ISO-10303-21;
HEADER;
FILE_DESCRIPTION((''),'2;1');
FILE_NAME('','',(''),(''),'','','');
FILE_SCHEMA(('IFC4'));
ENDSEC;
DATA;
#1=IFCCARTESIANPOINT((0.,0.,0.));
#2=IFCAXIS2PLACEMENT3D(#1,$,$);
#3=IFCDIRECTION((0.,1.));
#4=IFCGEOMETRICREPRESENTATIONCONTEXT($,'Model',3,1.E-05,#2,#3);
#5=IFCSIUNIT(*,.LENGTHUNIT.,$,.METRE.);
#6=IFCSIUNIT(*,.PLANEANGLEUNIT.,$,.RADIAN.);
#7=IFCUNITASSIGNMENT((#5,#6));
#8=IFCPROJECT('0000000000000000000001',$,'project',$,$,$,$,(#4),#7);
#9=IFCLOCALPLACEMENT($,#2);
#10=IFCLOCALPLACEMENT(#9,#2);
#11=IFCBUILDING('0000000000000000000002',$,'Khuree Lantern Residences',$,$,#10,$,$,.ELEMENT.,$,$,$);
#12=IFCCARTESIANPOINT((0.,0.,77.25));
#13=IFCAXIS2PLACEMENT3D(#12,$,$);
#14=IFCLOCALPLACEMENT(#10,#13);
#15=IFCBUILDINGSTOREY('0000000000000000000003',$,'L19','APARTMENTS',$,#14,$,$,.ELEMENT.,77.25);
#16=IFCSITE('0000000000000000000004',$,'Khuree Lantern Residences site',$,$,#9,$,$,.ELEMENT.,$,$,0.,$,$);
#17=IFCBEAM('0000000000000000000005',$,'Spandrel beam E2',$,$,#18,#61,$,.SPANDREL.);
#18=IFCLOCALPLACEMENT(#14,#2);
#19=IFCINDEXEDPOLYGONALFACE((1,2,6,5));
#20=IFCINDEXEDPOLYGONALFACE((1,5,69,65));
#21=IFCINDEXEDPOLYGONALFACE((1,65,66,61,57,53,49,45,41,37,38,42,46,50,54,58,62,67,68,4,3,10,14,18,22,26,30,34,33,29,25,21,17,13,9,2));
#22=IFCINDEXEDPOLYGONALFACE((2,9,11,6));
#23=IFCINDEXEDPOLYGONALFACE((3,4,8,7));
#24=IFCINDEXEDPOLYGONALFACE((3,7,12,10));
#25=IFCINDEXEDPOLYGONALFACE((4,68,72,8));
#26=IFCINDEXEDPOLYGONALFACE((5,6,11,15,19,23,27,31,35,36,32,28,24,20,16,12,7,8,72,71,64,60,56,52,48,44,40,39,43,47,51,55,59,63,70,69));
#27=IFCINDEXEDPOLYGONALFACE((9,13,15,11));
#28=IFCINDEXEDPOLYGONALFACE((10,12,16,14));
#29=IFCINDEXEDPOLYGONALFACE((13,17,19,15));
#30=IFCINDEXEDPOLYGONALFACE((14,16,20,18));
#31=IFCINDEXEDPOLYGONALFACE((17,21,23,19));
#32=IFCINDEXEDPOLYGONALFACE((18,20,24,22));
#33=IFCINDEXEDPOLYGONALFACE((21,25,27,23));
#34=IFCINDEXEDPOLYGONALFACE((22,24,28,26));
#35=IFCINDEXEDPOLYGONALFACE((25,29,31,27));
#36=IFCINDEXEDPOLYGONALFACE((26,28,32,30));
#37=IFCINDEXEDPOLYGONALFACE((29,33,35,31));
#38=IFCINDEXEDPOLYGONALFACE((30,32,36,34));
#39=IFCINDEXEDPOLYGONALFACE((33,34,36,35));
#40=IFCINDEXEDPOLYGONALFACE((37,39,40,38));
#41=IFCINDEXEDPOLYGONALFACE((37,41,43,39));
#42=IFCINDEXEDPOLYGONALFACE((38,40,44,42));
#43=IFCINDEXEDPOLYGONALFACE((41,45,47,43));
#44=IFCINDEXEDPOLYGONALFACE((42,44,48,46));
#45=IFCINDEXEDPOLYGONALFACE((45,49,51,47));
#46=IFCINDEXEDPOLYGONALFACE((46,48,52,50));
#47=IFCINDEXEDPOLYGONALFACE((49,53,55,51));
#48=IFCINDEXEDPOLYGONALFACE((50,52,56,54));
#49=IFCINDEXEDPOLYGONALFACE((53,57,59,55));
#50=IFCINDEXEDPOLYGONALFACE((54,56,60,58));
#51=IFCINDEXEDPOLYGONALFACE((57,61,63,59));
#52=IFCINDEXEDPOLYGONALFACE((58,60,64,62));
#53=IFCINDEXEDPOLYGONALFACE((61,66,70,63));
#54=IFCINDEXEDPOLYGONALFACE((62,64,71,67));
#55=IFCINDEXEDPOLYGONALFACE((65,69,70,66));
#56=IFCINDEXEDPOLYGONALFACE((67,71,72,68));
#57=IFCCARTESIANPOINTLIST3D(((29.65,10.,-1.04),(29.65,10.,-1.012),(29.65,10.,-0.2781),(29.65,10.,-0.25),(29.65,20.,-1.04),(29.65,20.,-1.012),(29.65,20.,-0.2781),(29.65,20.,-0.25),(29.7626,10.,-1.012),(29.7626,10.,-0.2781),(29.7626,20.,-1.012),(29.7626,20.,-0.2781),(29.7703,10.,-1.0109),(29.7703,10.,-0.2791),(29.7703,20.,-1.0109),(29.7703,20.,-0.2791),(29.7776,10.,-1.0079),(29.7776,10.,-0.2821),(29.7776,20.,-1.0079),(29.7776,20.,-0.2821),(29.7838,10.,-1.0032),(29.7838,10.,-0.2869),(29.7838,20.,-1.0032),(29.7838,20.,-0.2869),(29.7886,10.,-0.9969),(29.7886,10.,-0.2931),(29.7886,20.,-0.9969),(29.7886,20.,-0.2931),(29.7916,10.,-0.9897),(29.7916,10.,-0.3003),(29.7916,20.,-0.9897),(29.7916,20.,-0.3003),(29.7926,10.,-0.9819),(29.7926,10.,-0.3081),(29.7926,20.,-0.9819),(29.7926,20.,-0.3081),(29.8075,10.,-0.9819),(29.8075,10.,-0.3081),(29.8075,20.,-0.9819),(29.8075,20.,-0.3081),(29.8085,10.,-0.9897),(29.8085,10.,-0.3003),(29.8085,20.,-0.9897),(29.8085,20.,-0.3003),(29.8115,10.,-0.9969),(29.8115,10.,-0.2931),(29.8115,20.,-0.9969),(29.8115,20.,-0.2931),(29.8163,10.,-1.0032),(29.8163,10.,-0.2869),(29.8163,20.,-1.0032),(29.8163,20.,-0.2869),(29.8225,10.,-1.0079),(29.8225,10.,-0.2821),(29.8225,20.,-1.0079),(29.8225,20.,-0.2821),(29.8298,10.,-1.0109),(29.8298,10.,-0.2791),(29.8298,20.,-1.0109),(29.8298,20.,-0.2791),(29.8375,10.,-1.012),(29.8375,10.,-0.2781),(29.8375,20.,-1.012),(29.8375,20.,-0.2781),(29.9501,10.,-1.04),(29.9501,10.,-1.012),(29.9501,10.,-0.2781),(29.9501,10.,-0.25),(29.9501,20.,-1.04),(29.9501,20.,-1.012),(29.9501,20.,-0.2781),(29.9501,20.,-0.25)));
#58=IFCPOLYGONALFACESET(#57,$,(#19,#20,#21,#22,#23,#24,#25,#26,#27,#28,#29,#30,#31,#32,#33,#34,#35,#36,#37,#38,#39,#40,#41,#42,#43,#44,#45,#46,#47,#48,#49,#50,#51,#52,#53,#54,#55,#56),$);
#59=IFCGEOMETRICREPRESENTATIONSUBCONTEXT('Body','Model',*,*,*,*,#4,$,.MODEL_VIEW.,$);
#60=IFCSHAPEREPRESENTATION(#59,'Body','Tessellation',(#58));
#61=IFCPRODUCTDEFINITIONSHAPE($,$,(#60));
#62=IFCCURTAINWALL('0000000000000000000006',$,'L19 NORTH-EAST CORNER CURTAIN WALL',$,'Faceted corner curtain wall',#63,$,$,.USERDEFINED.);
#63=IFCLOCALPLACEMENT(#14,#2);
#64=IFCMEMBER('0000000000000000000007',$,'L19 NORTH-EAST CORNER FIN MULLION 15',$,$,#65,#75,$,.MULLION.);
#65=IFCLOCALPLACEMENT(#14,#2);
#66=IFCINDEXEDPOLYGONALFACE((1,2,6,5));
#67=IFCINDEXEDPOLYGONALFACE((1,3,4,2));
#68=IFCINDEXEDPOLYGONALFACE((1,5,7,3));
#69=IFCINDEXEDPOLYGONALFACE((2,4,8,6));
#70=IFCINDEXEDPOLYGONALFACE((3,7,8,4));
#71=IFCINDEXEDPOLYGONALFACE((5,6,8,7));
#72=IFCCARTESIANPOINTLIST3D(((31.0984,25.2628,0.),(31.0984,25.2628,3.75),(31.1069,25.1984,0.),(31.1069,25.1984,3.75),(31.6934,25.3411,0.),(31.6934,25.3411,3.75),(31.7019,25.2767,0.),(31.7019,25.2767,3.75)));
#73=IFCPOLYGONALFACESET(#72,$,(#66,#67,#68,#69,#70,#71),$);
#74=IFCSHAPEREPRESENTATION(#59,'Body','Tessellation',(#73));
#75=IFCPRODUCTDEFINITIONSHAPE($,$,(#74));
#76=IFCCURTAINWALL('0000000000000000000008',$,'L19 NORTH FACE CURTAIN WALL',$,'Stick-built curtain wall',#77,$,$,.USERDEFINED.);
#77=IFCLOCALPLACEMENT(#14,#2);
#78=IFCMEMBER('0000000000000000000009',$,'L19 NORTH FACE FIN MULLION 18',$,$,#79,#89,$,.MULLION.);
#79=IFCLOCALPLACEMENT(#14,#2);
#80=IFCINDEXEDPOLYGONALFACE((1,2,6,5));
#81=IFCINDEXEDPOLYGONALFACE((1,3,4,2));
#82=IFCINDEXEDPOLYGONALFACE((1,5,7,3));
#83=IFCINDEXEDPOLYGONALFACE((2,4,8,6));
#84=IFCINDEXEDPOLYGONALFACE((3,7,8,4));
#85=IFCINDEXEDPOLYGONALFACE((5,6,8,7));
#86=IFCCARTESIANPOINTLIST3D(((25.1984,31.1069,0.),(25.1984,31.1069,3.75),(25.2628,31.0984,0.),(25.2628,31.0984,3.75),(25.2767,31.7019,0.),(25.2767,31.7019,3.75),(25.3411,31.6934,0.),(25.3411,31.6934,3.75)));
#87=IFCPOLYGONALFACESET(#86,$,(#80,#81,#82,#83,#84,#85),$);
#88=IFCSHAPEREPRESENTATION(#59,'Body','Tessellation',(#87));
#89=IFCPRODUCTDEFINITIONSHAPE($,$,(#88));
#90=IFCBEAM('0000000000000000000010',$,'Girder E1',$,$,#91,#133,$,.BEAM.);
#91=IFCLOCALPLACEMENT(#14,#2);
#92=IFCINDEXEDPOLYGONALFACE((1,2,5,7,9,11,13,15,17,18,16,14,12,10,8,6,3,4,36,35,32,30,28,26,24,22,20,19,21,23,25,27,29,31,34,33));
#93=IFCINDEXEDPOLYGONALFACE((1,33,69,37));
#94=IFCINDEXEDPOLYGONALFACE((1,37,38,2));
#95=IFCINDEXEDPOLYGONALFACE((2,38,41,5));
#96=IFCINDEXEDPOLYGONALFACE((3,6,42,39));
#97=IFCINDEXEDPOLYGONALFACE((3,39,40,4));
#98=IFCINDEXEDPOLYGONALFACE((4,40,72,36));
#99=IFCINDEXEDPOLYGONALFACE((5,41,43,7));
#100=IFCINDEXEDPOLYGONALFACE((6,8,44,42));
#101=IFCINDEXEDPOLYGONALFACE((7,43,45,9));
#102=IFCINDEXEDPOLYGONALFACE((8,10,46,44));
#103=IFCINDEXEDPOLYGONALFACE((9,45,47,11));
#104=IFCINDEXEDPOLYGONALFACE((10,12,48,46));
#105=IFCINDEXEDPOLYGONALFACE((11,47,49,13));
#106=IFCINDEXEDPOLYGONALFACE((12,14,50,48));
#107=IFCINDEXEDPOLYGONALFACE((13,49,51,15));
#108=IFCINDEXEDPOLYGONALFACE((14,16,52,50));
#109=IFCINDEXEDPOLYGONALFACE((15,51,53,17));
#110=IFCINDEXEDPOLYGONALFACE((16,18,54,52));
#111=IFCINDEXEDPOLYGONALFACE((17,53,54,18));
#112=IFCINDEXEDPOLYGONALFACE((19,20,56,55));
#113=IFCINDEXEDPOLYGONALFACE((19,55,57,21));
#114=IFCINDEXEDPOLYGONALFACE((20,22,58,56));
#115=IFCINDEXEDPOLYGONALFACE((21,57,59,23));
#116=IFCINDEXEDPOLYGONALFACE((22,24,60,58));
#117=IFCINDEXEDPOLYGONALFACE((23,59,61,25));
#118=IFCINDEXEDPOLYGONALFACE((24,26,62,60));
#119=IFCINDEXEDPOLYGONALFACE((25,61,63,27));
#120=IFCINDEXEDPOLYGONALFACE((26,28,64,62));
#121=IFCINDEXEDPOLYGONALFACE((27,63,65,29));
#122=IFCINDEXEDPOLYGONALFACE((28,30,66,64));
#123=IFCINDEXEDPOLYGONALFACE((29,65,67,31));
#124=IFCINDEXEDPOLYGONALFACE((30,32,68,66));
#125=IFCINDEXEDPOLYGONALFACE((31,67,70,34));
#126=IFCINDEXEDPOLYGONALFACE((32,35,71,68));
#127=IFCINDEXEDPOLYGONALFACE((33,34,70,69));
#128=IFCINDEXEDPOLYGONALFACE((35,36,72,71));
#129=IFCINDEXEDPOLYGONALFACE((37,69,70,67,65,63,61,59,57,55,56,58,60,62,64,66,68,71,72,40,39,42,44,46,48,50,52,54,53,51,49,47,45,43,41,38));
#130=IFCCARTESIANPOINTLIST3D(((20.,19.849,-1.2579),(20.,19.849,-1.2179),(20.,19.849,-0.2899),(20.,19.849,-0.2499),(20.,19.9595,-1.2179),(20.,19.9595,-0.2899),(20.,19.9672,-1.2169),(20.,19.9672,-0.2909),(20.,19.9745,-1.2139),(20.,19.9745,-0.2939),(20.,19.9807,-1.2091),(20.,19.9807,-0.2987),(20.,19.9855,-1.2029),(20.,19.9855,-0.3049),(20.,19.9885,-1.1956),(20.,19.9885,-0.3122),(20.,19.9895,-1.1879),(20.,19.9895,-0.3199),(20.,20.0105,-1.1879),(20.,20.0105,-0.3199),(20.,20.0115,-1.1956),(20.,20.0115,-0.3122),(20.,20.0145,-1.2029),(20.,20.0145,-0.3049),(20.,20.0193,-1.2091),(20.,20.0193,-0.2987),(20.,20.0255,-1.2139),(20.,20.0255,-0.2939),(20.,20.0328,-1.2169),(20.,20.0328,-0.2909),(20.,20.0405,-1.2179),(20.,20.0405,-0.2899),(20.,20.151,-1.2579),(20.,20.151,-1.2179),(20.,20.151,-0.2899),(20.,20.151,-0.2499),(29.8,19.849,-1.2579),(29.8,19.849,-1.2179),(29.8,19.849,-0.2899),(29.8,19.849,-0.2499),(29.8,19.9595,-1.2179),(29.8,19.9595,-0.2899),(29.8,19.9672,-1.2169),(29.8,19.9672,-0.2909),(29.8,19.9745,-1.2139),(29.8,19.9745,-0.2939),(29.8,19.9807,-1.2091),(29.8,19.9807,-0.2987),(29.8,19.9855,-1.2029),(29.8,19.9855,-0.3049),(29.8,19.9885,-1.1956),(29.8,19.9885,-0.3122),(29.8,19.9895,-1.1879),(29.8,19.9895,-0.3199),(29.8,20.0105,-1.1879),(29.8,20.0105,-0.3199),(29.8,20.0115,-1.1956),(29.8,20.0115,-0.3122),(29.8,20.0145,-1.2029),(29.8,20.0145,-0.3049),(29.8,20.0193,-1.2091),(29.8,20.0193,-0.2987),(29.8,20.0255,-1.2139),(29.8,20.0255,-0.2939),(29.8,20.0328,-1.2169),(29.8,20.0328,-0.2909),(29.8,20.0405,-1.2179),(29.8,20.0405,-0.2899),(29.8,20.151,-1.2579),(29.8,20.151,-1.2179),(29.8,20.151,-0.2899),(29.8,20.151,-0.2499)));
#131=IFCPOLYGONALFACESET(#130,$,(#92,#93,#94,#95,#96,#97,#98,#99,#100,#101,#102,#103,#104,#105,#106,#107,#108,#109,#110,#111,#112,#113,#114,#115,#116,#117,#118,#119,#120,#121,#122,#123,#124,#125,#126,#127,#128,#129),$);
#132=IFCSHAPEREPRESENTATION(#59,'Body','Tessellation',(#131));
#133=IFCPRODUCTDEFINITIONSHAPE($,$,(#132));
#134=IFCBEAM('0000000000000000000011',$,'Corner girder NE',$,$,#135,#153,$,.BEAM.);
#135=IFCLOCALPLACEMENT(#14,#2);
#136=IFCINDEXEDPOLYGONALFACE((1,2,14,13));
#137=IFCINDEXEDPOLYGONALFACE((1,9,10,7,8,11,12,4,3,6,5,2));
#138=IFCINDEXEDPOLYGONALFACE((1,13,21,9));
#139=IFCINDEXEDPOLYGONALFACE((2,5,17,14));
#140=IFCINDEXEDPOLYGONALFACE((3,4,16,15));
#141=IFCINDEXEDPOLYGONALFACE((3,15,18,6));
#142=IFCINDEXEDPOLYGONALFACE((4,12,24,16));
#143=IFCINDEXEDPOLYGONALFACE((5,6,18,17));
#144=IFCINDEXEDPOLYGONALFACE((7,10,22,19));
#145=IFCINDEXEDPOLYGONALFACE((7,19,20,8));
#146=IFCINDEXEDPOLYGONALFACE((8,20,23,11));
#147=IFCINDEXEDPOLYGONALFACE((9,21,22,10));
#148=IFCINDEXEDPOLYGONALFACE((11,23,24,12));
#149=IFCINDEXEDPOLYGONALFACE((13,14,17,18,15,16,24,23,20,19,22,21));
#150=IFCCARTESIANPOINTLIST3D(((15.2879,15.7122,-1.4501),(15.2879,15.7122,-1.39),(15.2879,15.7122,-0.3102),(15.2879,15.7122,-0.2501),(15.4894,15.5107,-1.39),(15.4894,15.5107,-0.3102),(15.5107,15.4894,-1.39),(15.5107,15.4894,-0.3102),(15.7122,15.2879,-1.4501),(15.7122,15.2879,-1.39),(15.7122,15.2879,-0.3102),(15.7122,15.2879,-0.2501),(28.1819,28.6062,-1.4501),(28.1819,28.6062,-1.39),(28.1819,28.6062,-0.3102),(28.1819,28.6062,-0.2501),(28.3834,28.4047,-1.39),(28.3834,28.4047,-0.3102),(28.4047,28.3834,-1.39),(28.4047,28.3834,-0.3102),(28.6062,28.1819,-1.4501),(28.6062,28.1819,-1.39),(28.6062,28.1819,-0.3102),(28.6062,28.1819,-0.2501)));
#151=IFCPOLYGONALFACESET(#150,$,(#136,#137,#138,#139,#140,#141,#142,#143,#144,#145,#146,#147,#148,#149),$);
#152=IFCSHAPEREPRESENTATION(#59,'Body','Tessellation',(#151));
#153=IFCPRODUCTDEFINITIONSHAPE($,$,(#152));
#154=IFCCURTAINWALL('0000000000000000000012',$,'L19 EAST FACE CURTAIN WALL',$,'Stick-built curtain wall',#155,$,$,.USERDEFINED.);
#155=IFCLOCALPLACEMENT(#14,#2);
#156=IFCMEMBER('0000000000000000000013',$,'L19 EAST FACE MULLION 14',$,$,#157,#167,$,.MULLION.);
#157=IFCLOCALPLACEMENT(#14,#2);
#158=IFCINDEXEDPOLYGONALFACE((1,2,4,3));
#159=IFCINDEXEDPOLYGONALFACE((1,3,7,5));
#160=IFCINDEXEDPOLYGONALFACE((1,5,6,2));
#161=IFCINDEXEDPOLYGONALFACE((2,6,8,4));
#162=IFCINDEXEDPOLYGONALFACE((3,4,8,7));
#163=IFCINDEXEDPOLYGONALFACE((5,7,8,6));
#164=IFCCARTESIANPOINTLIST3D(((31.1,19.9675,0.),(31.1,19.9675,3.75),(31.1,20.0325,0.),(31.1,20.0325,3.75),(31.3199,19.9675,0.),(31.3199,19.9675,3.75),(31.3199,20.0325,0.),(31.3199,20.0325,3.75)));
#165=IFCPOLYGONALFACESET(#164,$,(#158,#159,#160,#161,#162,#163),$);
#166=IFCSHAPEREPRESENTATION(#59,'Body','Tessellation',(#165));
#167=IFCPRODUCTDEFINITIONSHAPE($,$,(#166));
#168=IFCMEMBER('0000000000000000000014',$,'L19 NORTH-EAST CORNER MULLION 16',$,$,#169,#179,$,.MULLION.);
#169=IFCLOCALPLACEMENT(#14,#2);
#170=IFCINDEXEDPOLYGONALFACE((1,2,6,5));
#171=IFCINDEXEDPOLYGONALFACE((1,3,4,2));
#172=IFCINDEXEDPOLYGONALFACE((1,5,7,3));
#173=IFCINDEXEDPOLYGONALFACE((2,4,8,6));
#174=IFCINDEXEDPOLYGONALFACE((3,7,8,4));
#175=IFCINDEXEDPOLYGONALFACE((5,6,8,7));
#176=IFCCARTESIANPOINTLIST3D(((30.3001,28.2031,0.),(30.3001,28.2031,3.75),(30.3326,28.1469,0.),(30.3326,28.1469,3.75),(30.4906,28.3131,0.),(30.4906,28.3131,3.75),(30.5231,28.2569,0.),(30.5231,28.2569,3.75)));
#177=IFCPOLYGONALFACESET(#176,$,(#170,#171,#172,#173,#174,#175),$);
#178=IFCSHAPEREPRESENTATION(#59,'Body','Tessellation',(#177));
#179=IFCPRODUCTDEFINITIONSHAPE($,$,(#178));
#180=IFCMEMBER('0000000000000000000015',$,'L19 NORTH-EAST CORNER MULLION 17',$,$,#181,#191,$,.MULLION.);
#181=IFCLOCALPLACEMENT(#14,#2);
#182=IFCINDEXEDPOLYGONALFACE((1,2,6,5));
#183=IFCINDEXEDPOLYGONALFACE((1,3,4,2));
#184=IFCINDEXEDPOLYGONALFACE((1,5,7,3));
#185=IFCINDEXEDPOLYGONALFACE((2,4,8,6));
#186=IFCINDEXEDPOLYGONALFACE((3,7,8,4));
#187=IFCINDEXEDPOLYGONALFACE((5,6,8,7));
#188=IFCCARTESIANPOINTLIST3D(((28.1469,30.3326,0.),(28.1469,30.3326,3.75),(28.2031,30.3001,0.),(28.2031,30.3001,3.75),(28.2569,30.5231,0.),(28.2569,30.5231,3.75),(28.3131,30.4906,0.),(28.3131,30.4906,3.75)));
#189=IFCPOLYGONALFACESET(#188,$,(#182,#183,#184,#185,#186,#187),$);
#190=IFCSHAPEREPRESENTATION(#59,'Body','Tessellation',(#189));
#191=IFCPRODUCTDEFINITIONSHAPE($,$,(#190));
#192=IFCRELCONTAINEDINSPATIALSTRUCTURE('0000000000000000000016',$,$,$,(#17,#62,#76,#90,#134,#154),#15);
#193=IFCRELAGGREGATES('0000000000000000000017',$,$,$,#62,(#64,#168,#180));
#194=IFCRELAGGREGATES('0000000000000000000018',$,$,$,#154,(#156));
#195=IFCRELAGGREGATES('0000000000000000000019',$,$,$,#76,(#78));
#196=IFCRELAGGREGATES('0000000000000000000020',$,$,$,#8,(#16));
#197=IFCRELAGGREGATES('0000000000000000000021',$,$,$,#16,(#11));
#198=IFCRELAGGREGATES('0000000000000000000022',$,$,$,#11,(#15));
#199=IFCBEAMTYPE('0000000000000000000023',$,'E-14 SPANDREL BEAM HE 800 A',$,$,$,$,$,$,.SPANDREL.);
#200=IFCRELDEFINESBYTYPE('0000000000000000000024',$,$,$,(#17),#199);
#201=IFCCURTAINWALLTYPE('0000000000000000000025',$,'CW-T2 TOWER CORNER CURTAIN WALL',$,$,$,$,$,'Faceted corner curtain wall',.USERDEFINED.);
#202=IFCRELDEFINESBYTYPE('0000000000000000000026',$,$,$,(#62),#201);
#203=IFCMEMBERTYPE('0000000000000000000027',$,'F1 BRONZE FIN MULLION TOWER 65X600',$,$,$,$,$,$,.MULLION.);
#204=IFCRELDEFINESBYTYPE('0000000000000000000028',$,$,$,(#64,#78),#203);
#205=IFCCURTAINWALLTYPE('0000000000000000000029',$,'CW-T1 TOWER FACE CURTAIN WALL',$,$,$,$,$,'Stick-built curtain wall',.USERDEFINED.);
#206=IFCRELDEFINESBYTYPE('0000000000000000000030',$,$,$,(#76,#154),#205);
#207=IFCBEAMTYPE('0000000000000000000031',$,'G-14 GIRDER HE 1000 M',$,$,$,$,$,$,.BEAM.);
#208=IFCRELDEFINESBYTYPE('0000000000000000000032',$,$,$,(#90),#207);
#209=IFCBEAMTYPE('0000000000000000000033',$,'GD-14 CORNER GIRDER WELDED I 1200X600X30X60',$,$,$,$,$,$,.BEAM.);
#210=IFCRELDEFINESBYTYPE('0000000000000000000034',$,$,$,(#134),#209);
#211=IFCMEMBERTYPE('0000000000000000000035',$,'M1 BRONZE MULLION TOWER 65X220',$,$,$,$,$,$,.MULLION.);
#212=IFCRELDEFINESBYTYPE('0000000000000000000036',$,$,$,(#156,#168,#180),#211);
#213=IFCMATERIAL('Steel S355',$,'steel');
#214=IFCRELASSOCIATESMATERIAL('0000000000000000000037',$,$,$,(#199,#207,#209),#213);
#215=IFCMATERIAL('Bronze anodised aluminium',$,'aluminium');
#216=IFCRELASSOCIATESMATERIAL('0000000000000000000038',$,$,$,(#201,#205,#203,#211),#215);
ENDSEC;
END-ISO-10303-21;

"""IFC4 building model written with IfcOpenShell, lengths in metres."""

from ifc_helpers import new_model, si_unit, direction, frame, origin, origin_2d, place, context, subcontext, project, spatial, rectangle, i_section, extrude, material, material_profile, profile_set, type_object, element, aggregate, save


model = new_model("IFC4")

# Units and contexts
model_context = context("Model", 3, precision=1e-05, world=origin(), true_north=direction((0.0, 1.0)))
body_context = subcontext(model_context, "Body", "Model", "MODEL_VIEW")
ifc_project = project(units=[si_unit("LENGTHUNIT", "METRE"), si_unit("PLANEANGLEUNIT", "RADIAN")], contexts=[model_context])

# Site, building, storey
site_placement = place(None, origin())
site = spatial("IfcSite", under=ifc_project, at=site_placement, Name="Khuree Lantern Residences site", CompositionType="ELEMENT", RefElevation=0.0)
building_placement = place(site_placement, origin())
building = spatial("IfcBuilding", under=site, at=building_placement, Name="Khuree Lantern Residences", CompositionType="ELEMENT")
storey_placement = place(building_placement, frame((0.0, 0.0, 77.25)))
storey = spatial("IfcBuildingStorey", under=building, at=storey_placement, Name="L19", Description="APARTMENTS", CompositionType="ELEMENT", Elevation=77.25)

# Beam
ifc_material_1 = material(Name="Steel S355", Category="steel")
ifc_material_profile_1 = material_profile(ifc_material_1, i_section(OverallWidth=0.3, OverallDepth=0.79, WebThickness=0.0149, FlangeThickness=0.0281, FilletRadius=0.03, at=origin_2d()), Name="HE 800 A")
ifc_profile_set_1 = profile_set([ifc_material_profile_1], Name="Steel S355")
beam_type_1 = type_object("IfcBeamType", Name="E-14 SPANDREL BEAM HE 800 A", PredefinedType="SPANDREL", material=ifc_profile_set_1)
beam_1_placement = place(storey_placement, frame((29.8, 20.0, -0.645), z_axis=(0.0, -1.0, 0.0), x_axis=(1.0, 0.0, 0.0)))
element("IfcBeam", 1, at=beam_1_placement, inside=storey, type_object=beam_type_1, Name="Spandrel beam E2", PredefinedType="SPANDREL", context=body_context, shape_type="SweptSolid", body=[
    extrude(i_section(OverallWidth=0.3, OverallDepth=0.79, WebThickness=0.0149, FlangeThickness=0.0281, FilletRadius=0.03, at=origin_2d()), origin(), (0.0, 0.0, 1.0), 10.0),
])

# Curtain walls, members
ifc_material_2 = material(Name="Bronze anodised aluminium", Category="aluminium")
curtain_wall_type_1 = type_object("IfcCurtainWallType", Name="CW-T2 TOWER CORNER CURTAIN WALL", ElementType="Faceted corner curtain wall", PredefinedType="USERDEFINED", material=ifc_material_2)
curtain_wall_1_placement = place(storey_placement, origin())
curtain_wall_1 = element("IfcCurtainWall", 2, at=curtain_wall_1_placement, inside=storey, type_object=curtain_wall_type_1, Name="L19 NORTH-EAST CORNER CURTAIN WALL", ObjectType="Faceted corner curtain wall", PredefinedType="USERDEFINED")
ifc_material_profile_2 = material_profile(ifc_material_2, rectangle(XDim=0.0649, YDim=0.6001, at=origin_2d()), Name="F1 65X600")
ifc_profile_set_2 = profile_set([ifc_material_profile_2], Name="Bronze anodised aluminium")
member_type_1 = type_object("IfcMemberType", Name="F1 BRONZE FIN MULLION TOWER 65X600", PredefinedType="MULLION", material=ifc_profile_set_2)
member_1_placement = place(storey_placement, frame((31.4001, 25.2698, 0.0), z_axis=(0.0, 0.0, 1.0), x_axis=(-0.130526, 0.991445, 0.0)))
member_1 = element("IfcMember", 3, at=member_1_placement, type_object=member_type_1, Name="L19 NORTH-EAST CORNER FIN MULLION 15", PredefinedType="MULLION", context=body_context, shape_type="SweptSolid", body=[
    extrude(rectangle(XDim=0.0649, YDim=0.6001, at=origin_2d()), origin(), (0.0, 0.0, 1.0), 3.75),
])
curtain_wall_type_2 = type_object("IfcCurtainWallType", Name="CW-T1 TOWER FACE CURTAIN WALL", ElementType="Stick-built curtain wall", PredefinedType="USERDEFINED", material=ifc_material_2)
curtain_wall_2_placement = place(storey_placement, origin())
curtain_wall_2 = element("IfcCurtainWall", 4, at=curtain_wall_2_placement, inside=storey, type_object=curtain_wall_type_2, Name="L19 NORTH FACE CURTAIN WALL", ObjectType="Stick-built curtain wall", PredefinedType="USERDEFINED")
member_2_placement = place(storey_placement, frame((25.2698, 31.4001, 0.0), z_axis=(0.0, 0.0, 1.0), x_axis=(-0.991445, 0.130526, 0.0)))
member_2 = element("IfcMember", 5, at=member_2_placement, type_object=member_type_1, Name="L19 NORTH FACE FIN MULLION 18", PredefinedType="MULLION", context=body_context, shape_type="SweptSolid", body=[
    extrude(rectangle(XDim=0.0649, YDim=0.6001, at=origin_2d()), origin(), (0.0, 0.0, 1.0), 3.75),
])

# Beams
ifc_material_profile_3 = material_profile(ifc_material_1, i_section(OverallWidth=0.302, OverallDepth=1.0081, WebThickness=0.021, FlangeThickness=0.04, FilletRadius=0.03, at=origin_2d()), Name="HE 1000 M")
ifc_profile_set_3 = profile_set([ifc_material_profile_3], Name="Steel S355")
beam_type_2 = type_object("IfcBeamType", Name="G-14 GIRDER HE 1000 M", PredefinedType="BEAM", material=ifc_profile_set_3)
beam_2_placement = place(storey_placement, frame((29.8, 20.0, -0.7539), z_axis=(-1.0, 0.0, 0.0), x_axis=(0.0, -1.0, 0.0)))
element("IfcBeam", 6, at=beam_2_placement, inside=storey, type_object=beam_type_2, Name="Girder E1", PredefinedType="BEAM", context=body_context, shape_type="SweptSolid", body=[
    extrude(i_section(OverallWidth=0.302, OverallDepth=1.0081, WebThickness=0.021, FlangeThickness=0.04, FilletRadius=0.03, at=origin_2d()), origin(), (0.0, 0.0, 1.0), 9.8),
])
ifc_material_profile_4 = material_profile(ifc_material_1, i_section(OverallWidth=0.6001, OverallDepth=1.2, WebThickness=0.03, FlangeThickness=0.0601, at=origin_2d()), Name="WELDED I 1200X600X30X60")
ifc_profile_set_4 = profile_set([ifc_material_profile_4], Name="Steel S355")
beam_type_3 = type_object("IfcBeamType", Name="GD-14 CORNER GIRDER WELDED I 1200X600X30X60", PredefinedType="BEAM", material=ifc_profile_set_4)
beam_3_placement = place(storey_placement, frame((28.394, 28.394, -0.8501), z_axis=(-0.707107, -0.707107, 0.0), x_axis=(0.707107, -0.707107, 0.0)))
element("IfcBeam", 7, at=beam_3_placement, inside=storey, type_object=beam_type_3, Name="Corner girder NE", PredefinedType="BEAM", context=body_context, shape_type="SweptSolid", body=[
    extrude(i_section(OverallWidth=0.6001, OverallDepth=1.2, WebThickness=0.03, FlangeThickness=0.0601, at=origin_2d()), origin(), (0.0, 0.0, 1.0), 18.2349),
])

# Curtain wall, member
curtain_wall_3_placement = place(storey_placement, origin())
curtain_wall_3 = element("IfcCurtainWall", 8, at=curtain_wall_3_placement, inside=storey, type_object=curtain_wall_type_2, Name="L19 EAST FACE CURTAIN WALL", ObjectType="Stick-built curtain wall", PredefinedType="USERDEFINED")
ifc_material_profile_5 = material_profile(ifc_material_2, rectangle(XDim=0.0649, YDim=0.22, at=origin_2d()), Name="M1 65X220")
ifc_profile_set_5 = profile_set([ifc_material_profile_5], Name="Bronze anodised aluminium")
member_type_2 = type_object("IfcMemberType", Name="M1 BRONZE MULLION TOWER 65X220", PredefinedType="MULLION", material=ifc_profile_set_5)
member_3_placement = place(storey_placement, frame((31.21, 20.0, 0.0), z_axis=(0.0, 0.0, 1.0), x_axis=(0.0, 1.0, 0.0)))
member_3 = element("IfcMember", 9, at=member_3_placement, type_object=member_type_2, Name="L19 EAST FACE MULLION 14", PredefinedType="MULLION", context=body_context, shape_type="SweptSolid", body=[
    extrude(rectangle(XDim=0.0649, YDim=0.22, at=origin_2d()), origin(), (0.0, 0.0, 1.0), 3.75),
])

# Members
member_4_placement = place(storey_placement, frame((30.4116, 28.23, 0.0), z_axis=(0.0, 0.0, 1.0), x_axis=(-0.5, 0.866025, 0.0)))
member_4 = element("IfcMember", 10, at=member_4_placement, type_object=member_type_2, Name="L19 NORTH-EAST CORNER MULLION 16", PredefinedType="MULLION", context=body_context, shape_type="SweptSolid", body=[
    extrude(rectangle(XDim=0.0649, YDim=0.22, at=origin_2d()), origin(), (0.0, 0.0, 1.0), 3.75),
])
member_5_placement = place(storey_placement, frame((28.23, 30.4116, 0.0), z_axis=(0.0, 0.0, 1.0), x_axis=(-0.866025, 0.5, 0.0)))
member_5 = element("IfcMember", 11, at=member_5_placement, type_object=member_type_2, Name="L19 NORTH-EAST CORNER MULLION 17", PredefinedType="MULLION", context=body_context, shape_type="SweptSolid", body=[
    extrude(rectangle(XDim=0.0649, YDim=0.22, at=origin_2d()), origin(), (0.0, 0.0, 1.0), 3.75),
])

aggregate(curtain_wall_1, [member_1, member_4, member_5])
aggregate(curtain_wall_3, [member_3])
aggregate(curtain_wall_2, [member_2])

save(model, "model.ifc")
